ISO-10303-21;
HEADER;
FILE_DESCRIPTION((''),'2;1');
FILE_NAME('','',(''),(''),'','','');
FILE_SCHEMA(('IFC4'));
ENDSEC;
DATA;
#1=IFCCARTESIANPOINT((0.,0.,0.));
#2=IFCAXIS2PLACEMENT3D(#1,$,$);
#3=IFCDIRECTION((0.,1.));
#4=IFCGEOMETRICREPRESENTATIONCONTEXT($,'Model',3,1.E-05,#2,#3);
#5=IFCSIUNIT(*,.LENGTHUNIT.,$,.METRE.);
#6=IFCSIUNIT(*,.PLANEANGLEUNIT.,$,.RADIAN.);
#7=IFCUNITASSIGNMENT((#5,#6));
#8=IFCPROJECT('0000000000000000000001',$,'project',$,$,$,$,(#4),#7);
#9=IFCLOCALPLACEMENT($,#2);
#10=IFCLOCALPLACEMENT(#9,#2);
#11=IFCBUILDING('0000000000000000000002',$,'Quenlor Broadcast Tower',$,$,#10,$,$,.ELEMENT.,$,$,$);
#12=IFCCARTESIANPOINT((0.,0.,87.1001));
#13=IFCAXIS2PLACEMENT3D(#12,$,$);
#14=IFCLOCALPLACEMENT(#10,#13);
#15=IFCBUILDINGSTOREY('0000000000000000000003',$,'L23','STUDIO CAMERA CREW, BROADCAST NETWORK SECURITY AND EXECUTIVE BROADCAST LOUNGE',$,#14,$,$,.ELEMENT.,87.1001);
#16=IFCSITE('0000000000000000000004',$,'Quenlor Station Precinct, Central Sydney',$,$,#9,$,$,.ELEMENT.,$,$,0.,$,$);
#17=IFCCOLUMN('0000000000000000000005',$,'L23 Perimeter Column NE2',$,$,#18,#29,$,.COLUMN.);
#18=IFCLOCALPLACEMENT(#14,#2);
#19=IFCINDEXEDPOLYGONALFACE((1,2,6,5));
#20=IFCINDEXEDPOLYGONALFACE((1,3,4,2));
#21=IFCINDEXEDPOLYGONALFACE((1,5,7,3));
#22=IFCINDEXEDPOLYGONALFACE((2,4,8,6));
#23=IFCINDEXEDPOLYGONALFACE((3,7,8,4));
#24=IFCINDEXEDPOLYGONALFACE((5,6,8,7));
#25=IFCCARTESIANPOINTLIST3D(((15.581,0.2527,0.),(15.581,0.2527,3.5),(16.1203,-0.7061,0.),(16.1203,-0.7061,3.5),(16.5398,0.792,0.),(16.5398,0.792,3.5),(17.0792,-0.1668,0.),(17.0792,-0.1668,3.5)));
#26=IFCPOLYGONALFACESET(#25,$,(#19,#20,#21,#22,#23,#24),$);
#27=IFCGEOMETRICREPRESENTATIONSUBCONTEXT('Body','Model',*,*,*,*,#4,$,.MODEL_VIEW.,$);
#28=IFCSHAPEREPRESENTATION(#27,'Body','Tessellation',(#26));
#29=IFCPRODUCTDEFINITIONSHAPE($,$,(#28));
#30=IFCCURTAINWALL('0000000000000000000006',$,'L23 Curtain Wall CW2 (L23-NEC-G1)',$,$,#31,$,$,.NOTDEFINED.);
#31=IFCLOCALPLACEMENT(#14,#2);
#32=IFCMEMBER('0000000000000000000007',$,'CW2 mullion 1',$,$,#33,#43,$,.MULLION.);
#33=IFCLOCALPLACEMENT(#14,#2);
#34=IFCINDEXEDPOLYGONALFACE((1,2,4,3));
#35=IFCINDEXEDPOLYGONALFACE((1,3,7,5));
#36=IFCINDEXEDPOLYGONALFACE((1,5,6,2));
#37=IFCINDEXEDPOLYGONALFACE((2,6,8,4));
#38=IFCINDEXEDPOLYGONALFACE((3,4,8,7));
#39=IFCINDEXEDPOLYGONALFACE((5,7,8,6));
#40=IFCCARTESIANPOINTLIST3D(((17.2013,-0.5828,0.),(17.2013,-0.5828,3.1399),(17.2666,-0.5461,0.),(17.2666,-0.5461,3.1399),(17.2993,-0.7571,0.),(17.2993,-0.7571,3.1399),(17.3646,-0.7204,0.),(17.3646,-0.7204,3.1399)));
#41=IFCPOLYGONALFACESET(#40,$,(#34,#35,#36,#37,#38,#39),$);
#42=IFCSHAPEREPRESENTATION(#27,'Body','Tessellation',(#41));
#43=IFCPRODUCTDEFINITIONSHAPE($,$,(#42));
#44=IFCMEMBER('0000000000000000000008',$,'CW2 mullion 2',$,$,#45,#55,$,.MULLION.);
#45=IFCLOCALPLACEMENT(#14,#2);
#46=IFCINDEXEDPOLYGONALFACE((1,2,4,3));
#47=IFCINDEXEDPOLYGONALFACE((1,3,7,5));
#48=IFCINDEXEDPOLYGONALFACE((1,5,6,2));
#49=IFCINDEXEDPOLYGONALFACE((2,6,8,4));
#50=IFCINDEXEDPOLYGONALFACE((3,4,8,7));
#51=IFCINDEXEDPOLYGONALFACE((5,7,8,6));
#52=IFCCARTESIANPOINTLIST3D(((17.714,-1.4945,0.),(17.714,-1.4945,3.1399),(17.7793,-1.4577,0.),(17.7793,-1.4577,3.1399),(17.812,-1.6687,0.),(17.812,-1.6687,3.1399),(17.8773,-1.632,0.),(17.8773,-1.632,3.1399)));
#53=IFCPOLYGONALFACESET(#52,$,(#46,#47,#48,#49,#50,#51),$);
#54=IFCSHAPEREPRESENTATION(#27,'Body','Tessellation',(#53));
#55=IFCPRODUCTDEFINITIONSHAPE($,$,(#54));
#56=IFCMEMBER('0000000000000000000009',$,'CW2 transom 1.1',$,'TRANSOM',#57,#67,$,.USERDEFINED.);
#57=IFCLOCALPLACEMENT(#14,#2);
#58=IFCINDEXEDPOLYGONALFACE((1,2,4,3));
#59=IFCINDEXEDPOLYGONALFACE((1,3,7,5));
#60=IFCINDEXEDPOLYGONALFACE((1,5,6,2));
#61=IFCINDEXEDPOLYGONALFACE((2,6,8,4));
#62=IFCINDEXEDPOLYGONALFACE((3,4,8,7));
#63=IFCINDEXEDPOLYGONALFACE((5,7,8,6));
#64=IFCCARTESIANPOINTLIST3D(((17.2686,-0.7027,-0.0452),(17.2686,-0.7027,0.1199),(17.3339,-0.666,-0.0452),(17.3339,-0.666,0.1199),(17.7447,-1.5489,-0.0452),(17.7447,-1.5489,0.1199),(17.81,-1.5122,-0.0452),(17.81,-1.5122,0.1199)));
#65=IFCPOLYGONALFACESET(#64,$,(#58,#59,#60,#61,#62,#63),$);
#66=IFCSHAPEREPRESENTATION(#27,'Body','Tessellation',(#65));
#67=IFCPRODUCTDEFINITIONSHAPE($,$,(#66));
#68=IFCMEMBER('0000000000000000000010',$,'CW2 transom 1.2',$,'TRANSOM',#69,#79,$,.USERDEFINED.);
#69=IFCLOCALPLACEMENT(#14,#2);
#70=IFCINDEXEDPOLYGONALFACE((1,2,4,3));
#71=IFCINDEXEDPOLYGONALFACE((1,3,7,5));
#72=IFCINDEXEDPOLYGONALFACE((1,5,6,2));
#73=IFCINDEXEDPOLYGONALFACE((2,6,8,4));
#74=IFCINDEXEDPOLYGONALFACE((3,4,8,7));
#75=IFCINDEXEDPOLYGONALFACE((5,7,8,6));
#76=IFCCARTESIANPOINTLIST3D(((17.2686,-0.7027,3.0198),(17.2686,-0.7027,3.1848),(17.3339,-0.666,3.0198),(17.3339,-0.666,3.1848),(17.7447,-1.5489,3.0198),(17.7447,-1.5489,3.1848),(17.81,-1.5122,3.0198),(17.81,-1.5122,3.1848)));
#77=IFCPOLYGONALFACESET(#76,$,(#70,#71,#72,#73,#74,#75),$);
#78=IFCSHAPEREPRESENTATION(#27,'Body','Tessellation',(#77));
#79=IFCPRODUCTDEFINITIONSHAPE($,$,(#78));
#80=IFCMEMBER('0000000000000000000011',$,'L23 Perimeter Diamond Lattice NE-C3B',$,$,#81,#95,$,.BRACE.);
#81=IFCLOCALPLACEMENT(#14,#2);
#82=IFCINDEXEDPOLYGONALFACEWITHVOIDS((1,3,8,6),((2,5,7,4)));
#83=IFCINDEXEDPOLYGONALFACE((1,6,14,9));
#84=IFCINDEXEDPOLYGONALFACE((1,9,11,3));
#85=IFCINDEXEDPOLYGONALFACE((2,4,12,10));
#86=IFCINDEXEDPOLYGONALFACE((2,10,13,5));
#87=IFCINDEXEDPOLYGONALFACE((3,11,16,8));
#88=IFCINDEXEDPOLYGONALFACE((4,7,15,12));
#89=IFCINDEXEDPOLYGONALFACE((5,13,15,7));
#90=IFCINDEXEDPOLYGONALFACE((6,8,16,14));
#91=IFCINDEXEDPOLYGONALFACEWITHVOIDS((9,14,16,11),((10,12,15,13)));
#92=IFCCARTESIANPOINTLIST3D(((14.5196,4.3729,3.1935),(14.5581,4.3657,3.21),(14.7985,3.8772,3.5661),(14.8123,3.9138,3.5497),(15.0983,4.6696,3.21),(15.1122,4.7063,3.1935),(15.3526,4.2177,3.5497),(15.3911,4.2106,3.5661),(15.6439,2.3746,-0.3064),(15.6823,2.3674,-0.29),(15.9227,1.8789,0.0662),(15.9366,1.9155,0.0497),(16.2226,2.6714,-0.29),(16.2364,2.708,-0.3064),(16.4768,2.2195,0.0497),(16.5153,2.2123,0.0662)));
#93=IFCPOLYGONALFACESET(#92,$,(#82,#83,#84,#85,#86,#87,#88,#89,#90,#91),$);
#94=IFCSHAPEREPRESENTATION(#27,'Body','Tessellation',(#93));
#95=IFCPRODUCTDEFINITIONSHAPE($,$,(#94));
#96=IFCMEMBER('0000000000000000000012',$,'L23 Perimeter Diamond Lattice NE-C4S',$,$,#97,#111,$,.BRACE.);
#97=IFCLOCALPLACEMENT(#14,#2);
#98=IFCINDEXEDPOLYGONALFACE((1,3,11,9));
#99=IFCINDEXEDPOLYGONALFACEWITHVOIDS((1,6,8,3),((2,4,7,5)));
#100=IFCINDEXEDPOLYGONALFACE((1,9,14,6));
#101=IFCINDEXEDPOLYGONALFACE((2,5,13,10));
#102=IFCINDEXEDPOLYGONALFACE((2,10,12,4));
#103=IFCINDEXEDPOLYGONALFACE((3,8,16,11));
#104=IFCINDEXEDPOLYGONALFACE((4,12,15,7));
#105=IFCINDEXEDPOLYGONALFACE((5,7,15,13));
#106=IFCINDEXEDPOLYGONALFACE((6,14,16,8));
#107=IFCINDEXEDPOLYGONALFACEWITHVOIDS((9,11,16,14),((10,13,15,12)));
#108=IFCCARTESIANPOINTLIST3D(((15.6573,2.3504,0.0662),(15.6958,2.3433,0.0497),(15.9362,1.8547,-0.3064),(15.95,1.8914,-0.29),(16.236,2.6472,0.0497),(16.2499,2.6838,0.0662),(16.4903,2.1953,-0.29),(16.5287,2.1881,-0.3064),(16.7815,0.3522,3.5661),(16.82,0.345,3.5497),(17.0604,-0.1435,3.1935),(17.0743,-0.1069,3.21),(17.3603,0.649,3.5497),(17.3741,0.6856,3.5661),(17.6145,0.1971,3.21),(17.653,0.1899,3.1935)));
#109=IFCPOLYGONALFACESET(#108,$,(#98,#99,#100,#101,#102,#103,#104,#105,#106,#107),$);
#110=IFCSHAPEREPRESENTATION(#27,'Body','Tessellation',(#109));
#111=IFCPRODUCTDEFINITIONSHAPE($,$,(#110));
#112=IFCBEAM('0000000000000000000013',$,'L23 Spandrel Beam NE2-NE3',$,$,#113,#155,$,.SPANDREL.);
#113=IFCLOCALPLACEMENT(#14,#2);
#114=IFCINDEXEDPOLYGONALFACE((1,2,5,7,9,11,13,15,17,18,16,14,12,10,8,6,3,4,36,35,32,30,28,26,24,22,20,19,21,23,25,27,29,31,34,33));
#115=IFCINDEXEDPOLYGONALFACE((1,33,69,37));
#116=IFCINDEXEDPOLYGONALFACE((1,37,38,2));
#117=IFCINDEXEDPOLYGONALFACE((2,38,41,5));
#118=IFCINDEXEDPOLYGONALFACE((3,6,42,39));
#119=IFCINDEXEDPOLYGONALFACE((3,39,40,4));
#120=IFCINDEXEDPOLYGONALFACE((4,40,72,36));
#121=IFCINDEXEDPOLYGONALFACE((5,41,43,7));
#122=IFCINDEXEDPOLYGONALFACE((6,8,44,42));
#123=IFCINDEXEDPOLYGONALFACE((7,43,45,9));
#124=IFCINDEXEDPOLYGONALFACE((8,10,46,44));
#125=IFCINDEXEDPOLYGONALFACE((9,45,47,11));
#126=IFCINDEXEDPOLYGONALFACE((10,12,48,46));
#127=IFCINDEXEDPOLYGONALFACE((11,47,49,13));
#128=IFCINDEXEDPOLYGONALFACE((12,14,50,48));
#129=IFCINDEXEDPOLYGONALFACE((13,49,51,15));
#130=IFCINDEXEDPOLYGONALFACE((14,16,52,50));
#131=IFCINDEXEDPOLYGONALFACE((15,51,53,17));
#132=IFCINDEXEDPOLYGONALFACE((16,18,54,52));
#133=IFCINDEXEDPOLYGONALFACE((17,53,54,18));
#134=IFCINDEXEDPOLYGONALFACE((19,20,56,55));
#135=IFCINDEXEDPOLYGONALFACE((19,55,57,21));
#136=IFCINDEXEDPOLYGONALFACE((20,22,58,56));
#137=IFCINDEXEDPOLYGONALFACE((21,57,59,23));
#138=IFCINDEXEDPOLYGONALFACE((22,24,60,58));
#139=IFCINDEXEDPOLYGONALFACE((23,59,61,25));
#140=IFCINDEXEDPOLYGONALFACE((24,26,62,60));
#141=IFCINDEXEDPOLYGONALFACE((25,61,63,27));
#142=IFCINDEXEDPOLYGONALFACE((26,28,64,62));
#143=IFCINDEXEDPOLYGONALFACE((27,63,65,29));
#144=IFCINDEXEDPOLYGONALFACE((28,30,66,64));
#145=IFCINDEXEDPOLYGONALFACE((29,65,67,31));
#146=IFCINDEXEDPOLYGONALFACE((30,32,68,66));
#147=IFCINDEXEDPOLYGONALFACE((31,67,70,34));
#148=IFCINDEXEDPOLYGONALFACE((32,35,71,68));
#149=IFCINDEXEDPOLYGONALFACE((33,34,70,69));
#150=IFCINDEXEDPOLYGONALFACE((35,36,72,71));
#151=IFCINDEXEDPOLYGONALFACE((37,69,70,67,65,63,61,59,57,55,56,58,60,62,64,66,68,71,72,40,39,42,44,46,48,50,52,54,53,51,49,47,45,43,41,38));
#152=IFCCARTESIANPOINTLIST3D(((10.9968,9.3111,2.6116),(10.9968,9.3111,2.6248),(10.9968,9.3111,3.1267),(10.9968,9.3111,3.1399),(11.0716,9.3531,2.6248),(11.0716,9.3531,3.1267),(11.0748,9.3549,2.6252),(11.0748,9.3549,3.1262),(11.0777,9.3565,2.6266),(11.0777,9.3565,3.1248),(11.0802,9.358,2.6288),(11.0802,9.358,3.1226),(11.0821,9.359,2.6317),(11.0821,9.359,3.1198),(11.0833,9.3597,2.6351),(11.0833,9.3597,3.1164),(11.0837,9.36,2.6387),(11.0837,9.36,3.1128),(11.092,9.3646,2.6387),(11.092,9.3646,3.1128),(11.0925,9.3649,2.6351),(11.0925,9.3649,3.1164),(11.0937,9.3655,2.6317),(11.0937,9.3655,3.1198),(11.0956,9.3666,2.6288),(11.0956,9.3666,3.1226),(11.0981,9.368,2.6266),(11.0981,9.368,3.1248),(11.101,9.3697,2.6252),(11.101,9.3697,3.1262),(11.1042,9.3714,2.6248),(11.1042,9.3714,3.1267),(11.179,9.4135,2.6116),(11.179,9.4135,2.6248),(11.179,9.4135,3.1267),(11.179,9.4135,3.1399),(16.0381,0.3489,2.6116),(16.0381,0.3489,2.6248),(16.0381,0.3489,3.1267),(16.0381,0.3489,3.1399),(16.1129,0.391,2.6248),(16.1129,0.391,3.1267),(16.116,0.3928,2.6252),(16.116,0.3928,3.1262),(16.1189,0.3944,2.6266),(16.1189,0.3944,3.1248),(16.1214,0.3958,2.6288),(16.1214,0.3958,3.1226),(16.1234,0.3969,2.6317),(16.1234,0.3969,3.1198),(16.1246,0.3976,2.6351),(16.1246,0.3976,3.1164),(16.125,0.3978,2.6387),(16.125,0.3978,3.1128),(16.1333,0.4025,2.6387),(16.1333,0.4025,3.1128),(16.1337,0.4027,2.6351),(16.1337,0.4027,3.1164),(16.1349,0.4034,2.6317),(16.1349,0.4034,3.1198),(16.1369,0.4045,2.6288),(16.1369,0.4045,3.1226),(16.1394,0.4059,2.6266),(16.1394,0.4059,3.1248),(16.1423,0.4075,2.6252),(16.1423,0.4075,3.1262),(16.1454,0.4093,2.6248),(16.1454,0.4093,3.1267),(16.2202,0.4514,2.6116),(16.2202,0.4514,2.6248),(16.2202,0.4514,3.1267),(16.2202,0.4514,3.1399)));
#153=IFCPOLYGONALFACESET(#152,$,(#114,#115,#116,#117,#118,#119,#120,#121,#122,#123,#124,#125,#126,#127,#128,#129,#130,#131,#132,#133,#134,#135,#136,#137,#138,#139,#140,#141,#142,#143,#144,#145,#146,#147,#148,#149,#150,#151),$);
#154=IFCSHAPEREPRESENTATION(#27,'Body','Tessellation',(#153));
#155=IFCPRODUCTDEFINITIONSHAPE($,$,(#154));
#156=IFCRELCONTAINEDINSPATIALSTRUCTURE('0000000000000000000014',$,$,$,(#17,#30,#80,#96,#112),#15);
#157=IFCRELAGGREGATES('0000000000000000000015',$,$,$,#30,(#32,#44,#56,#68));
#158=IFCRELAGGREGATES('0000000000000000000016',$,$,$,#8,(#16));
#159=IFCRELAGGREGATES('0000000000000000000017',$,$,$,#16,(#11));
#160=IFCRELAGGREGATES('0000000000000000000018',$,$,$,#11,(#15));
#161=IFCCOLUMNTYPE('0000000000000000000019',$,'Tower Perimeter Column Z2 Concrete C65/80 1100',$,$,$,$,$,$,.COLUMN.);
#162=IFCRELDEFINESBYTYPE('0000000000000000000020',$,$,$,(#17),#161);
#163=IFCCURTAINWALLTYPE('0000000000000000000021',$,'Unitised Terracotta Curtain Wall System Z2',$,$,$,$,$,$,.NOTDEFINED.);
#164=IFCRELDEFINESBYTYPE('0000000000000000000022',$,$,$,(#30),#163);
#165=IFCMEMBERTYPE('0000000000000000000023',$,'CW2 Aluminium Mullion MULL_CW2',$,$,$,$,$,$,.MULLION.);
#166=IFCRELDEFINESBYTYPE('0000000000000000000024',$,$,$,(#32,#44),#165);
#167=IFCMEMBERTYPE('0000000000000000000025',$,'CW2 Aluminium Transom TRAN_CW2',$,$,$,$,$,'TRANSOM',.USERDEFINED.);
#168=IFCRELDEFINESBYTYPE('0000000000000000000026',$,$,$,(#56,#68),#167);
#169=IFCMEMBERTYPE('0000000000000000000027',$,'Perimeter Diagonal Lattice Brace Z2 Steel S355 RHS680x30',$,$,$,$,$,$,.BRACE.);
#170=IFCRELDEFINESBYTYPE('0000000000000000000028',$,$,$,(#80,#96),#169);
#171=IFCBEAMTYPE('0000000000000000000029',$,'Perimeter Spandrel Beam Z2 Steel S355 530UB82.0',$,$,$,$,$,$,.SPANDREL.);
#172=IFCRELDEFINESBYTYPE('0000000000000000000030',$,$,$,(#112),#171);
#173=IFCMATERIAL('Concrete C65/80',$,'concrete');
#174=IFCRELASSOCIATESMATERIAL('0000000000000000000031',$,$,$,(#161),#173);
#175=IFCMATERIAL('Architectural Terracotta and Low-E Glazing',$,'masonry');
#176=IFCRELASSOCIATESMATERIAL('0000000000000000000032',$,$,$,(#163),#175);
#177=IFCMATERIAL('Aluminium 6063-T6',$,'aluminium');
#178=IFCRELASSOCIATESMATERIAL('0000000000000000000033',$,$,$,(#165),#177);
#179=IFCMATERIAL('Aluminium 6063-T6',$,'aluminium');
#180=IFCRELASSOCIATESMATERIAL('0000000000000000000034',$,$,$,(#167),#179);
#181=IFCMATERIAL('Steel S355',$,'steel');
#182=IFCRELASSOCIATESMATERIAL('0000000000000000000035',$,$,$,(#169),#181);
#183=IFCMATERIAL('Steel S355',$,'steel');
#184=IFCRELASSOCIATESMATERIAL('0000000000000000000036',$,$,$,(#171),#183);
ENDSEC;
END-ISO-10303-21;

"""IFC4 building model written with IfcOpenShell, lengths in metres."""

from ifc_helpers import new_model, si_unit, direction, frame, origin, origin_2d, place, context, subcontext, project, spatial, rectangle, hollow_rectangle, i_section, extrude, material, material_profile, profile_set, type_object, element, aggregate, save


model = new_model("IFC4")

# Units and contexts
model_context = context("Model", 3, precision=1e-05, world=origin(), true_north=direction((0.0, 1.0)))
body_context = subcontext(model_context, "Body", "Model", "MODEL_VIEW")
ifc_project = project(units=[si_unit("LENGTHUNIT", "METRE"), si_unit("PLANEANGLEUNIT", "RADIAN")], contexts=[model_context])

# Site, building, storey
site_placement = place(None, origin())
site = spatial("IfcSite", under=ifc_project, at=site_placement, Name="Quenlor Station Precinct, Central Sydney", CompositionType="ELEMENT", RefElevation=0.0)
building_placement = place(site_placement, origin())
building = spatial("IfcBuilding", under=site, at=building_placement, Name="Quenlor Broadcast Tower", CompositionType="ELEMENT")
storey_placement = place(building_placement, frame((0.0, 0.0, 87.1001)))
storey = spatial("IfcBuildingStorey", under=building, at=storey_placement, Name="L23", Description="STUDIO CAMERA CREW, BROADCAST NETWORK SECURITY AND EXECUTIVE BROADCAST LOUNGE", CompositionType="ELEMENT", Elevation=87.1001)

# Column
ifc_material_1 = material(Name="Concrete C65/80", Category="concrete")
ifc_material_profile_1 = material_profile(ifc_material_1, rectangle(XDim=1.1001, YDim=1.1001, at=origin_2d()))
ifc_profile_set_1 = profile_set([ifc_material_profile_1], Name="Concrete C65/80 RC1100x1100")
column_type = type_object("IfcColumnType", Name="Tower Perimeter Column Z2 Concrete C65/80 1100", PredefinedType="COLUMN", material=ifc_profile_set_1)
column_placement = place(storey_placement, frame((16.3301, 0.043, 0.0), z_axis=(0.0, 0.0, 1.0), x_axis=(0.871575, 0.490262, 0.0)))
element("IfcColumn", 1, at=column_placement, inside=storey, type_object=column_type, Name="L23 Perimeter Column NE2", PredefinedType="COLUMN", context=body_context, shape_type="SweptSolid", body=[
    extrude(rectangle(XDim=1.1001, YDim=1.1001, at=origin_2d()), origin(), (0.0, 0.0, 1.0), 3.5),
])

# Curtain wall, members
ifc_material_2 = material(Name="Architectural Terracotta and Low-E Glazing", Category="masonry")
curtain_wall_type = type_object("IfcCurtainWallType", Name="Unitised Terracotta Curtain Wall System Z2", PredefinedType="NOTDEFINED", material=ifc_material_2)
curtain_wall_placement = place(storey_placement, origin())
curtain_wall = element("IfcCurtainWall", 2, at=curtain_wall_placement, inside=storey, type_object=curtain_wall_type, Name="L23 Curtain Wall CW2 (L23-NEC-G1)", PredefinedType="NOTDEFINED")
ifc_material_3 = material(Name="Aluminium 6063-T6", Category="aluminium")
ifc_material_profile_2 = material_profile(ifc_material_3, rectangle(XDim=0.075, YDim=0.2, at=origin_2d()))
ifc_profile_set_2 = profile_set([ifc_material_profile_2], Name="Aluminium 6063-T6 MULL75x200")
member_type_1 = type_object("IfcMemberType", Name="CW2 Aluminium Mullion MULL_CW2", PredefinedType="MULLION", material=ifc_profile_set_2)
member_1_placement = place(storey_placement, frame((17.283, -0.6516, 0.0), z_axis=(0.0, 0.0, 1.0), x_axis=(0.871583, 0.490249, 0.0)))
member_1 = element("IfcMember", 3, at=member_1_placement, type_object=member_type_1, Name="CW2 mullion 1", PredefinedType="MULLION", context=body_context, shape_type="SweptSolid", body=[
    extrude(rectangle(XDim=0.075, YDim=0.2, at=origin_2d()), origin(), (0.0, 0.0, 1.0), 3.1399),
])
member_2_placement = place(storey_placement, frame((17.7957, -1.5632, 0.0), z_axis=(0.0, 0.0, 1.0), x_axis=(0.871583, 0.490249, 0.0)))
member_2 = element("IfcMember", 4, at=member_2_placement, type_object=member_type_1, Name="CW2 mullion 2", PredefinedType="MULLION", context=body_context, shape_type="SweptSolid", body=[
    extrude(rectangle(XDim=0.075, YDim=0.2, at=origin_2d()), origin(), (0.0, 0.0, 1.0), 3.1399),
])
ifc_material_4 = material(Name="Aluminium 6063-T6", Category="aluminium")
ifc_material_profile_3 = material_profile(ifc_material_4, rectangle(XDim=0.075, YDim=0.165, at=origin_2d()))
ifc_profile_set_3 = profile_set([ifc_material_profile_3], Name="Aluminium 6063-T6 TRAN75x165")
member_type_2 = type_object("IfcMemberType", Name="CW2 Aluminium Transom TRAN_CW2", ElementType="TRANSOM", PredefinedType="USERDEFINED", material=ifc_profile_set_3)
member_3_placement = place(storey_placement, frame((17.3013, -0.6843, 0.0374), z_axis=(0.490333, -0.871535, 0.0), x_axis=(0.871535, 0.490333, 0.0)))
member_3 = element("IfcMember", 5, at=member_3_placement, type_object=member_type_2, Name="CW2 transom 1.1", ObjectType="TRANSOM", PredefinedType="USERDEFINED", context=body_context, shape_type="SweptSolid", body=[
    extrude(rectangle(XDim=0.075, YDim=0.165, at=origin_2d()), origin(), (0.0, 0.0, 1.0), 0.9709),
])
member_4_placement = place(storey_placement, frame((17.3013, -0.6843, 3.1023), z_axis=(0.490333, -0.871535, 0.0), x_axis=(0.871535, 0.490333, 0.0)))
member_4 = element("IfcMember", 6, at=member_4_placement, type_object=member_type_2, Name="CW2 transom 1.2", ObjectType="TRANSOM", PredefinedType="USERDEFINED", context=body_context, shape_type="SweptSolid", body=[
    extrude(rectangle(XDim=0.075, YDim=0.165, at=origin_2d()), origin(), (0.0, 0.0, 1.0), 0.9709),
])

# Members
ifc_material_5 = material(Name="Steel S355", Category="steel")
ifc_material_profile_4 = material_profile(ifc_material_5, hollow_rectangle(XDim=0.6799, YDim=0.6799, WallThickness=0.03, at=origin_2d()))
ifc_profile_set_4 = profile_set([ifc_material_profile_4], Name="Steel S355 RHS680x680x30")
member_type_3 = type_object("IfcMemberType", Name="Perimeter Diagonal Lattice Brace Z2 Steel S355 RHS680x30", PredefinedType="BRACE", material=ifc_profile_set_4)
for number, where, z_axis, x_axis, name in (
    (7, (16.0796, 2.2935, -0.1201), (-0.268697, 0.477585, 0.836489), (-0.871533, -0.490337, 0.0), "L23 Perimeter Diamond Lattice NE-C3B"),
    (8, (16.093, 2.2693, -0.1201), (0.268697, -0.477585, 0.836489), (0.871533, 0.490337, 0.0), "L23 Perimeter Diamond Lattice NE-C4S"),
):
    element("IfcMember", number, at=place(storey_placement, frame(where, z_axis=z_axis, x_axis=x_axis)), inside=storey, type_object=member_type_3, Name=name, PredefinedType="BRACE", context=body_context, shape_type="SweptSolid", body=[
        extrude(hollow_rectangle(XDim=0.6799, YDim=0.6799, WallThickness=0.03, at=origin_2d()), origin(), (0.0, 0.0, 1.0), 4.1841),
    ])

# Beam
ifc_material_6 = material(Name="Steel S355", Category="steel")
ifc_material_profile_5 = material_profile(ifc_material_6, i_section(OverallWidth=0.209, OverallDepth=0.5283, WebThickness=0.0095, FlangeThickness=0.0132, FilletRadius=0.0139, at=origin_2d()))
ifc_profile_set_5 = profile_set([ifc_material_profile_5], Name="Steel S355 530UB82.0")
beam_type_1 = type_object("IfcBeamType", Name="Perimeter Spandrel Beam Z2 Steel S355 530UB82.0", PredefinedType="SPANDREL", material=ifc_profile_set_5)
beam_1_placement = place(storey_placement, frame((16.1292, 0.4001, 2.8757), z_axis=(-0.490265, 0.871574, 0.0), x_axis=(-0.871574, -0.490265, 0.0)))
element("IfcBeam", 9, at=beam_1_placement, inside=storey, type_object=beam_type_1, Name="L23 Spandrel Beam NE2-NE3", PredefinedType="SPANDREL", context=body_context, shape_type="SweptSolid", body=[
    extrude(i_section(OverallWidth=0.209, OverallDepth=0.5283, WebThickness=0.0095, FlangeThickness=0.0132, FilletRadius=0.0139, at=origin_2d()), origin(), (0.0, 0.0, 1.0), 10.2827),
])

aggregate(curtain_wall, [member_1, member_2, member_3, member_4])

save(model, "model.ifc")
